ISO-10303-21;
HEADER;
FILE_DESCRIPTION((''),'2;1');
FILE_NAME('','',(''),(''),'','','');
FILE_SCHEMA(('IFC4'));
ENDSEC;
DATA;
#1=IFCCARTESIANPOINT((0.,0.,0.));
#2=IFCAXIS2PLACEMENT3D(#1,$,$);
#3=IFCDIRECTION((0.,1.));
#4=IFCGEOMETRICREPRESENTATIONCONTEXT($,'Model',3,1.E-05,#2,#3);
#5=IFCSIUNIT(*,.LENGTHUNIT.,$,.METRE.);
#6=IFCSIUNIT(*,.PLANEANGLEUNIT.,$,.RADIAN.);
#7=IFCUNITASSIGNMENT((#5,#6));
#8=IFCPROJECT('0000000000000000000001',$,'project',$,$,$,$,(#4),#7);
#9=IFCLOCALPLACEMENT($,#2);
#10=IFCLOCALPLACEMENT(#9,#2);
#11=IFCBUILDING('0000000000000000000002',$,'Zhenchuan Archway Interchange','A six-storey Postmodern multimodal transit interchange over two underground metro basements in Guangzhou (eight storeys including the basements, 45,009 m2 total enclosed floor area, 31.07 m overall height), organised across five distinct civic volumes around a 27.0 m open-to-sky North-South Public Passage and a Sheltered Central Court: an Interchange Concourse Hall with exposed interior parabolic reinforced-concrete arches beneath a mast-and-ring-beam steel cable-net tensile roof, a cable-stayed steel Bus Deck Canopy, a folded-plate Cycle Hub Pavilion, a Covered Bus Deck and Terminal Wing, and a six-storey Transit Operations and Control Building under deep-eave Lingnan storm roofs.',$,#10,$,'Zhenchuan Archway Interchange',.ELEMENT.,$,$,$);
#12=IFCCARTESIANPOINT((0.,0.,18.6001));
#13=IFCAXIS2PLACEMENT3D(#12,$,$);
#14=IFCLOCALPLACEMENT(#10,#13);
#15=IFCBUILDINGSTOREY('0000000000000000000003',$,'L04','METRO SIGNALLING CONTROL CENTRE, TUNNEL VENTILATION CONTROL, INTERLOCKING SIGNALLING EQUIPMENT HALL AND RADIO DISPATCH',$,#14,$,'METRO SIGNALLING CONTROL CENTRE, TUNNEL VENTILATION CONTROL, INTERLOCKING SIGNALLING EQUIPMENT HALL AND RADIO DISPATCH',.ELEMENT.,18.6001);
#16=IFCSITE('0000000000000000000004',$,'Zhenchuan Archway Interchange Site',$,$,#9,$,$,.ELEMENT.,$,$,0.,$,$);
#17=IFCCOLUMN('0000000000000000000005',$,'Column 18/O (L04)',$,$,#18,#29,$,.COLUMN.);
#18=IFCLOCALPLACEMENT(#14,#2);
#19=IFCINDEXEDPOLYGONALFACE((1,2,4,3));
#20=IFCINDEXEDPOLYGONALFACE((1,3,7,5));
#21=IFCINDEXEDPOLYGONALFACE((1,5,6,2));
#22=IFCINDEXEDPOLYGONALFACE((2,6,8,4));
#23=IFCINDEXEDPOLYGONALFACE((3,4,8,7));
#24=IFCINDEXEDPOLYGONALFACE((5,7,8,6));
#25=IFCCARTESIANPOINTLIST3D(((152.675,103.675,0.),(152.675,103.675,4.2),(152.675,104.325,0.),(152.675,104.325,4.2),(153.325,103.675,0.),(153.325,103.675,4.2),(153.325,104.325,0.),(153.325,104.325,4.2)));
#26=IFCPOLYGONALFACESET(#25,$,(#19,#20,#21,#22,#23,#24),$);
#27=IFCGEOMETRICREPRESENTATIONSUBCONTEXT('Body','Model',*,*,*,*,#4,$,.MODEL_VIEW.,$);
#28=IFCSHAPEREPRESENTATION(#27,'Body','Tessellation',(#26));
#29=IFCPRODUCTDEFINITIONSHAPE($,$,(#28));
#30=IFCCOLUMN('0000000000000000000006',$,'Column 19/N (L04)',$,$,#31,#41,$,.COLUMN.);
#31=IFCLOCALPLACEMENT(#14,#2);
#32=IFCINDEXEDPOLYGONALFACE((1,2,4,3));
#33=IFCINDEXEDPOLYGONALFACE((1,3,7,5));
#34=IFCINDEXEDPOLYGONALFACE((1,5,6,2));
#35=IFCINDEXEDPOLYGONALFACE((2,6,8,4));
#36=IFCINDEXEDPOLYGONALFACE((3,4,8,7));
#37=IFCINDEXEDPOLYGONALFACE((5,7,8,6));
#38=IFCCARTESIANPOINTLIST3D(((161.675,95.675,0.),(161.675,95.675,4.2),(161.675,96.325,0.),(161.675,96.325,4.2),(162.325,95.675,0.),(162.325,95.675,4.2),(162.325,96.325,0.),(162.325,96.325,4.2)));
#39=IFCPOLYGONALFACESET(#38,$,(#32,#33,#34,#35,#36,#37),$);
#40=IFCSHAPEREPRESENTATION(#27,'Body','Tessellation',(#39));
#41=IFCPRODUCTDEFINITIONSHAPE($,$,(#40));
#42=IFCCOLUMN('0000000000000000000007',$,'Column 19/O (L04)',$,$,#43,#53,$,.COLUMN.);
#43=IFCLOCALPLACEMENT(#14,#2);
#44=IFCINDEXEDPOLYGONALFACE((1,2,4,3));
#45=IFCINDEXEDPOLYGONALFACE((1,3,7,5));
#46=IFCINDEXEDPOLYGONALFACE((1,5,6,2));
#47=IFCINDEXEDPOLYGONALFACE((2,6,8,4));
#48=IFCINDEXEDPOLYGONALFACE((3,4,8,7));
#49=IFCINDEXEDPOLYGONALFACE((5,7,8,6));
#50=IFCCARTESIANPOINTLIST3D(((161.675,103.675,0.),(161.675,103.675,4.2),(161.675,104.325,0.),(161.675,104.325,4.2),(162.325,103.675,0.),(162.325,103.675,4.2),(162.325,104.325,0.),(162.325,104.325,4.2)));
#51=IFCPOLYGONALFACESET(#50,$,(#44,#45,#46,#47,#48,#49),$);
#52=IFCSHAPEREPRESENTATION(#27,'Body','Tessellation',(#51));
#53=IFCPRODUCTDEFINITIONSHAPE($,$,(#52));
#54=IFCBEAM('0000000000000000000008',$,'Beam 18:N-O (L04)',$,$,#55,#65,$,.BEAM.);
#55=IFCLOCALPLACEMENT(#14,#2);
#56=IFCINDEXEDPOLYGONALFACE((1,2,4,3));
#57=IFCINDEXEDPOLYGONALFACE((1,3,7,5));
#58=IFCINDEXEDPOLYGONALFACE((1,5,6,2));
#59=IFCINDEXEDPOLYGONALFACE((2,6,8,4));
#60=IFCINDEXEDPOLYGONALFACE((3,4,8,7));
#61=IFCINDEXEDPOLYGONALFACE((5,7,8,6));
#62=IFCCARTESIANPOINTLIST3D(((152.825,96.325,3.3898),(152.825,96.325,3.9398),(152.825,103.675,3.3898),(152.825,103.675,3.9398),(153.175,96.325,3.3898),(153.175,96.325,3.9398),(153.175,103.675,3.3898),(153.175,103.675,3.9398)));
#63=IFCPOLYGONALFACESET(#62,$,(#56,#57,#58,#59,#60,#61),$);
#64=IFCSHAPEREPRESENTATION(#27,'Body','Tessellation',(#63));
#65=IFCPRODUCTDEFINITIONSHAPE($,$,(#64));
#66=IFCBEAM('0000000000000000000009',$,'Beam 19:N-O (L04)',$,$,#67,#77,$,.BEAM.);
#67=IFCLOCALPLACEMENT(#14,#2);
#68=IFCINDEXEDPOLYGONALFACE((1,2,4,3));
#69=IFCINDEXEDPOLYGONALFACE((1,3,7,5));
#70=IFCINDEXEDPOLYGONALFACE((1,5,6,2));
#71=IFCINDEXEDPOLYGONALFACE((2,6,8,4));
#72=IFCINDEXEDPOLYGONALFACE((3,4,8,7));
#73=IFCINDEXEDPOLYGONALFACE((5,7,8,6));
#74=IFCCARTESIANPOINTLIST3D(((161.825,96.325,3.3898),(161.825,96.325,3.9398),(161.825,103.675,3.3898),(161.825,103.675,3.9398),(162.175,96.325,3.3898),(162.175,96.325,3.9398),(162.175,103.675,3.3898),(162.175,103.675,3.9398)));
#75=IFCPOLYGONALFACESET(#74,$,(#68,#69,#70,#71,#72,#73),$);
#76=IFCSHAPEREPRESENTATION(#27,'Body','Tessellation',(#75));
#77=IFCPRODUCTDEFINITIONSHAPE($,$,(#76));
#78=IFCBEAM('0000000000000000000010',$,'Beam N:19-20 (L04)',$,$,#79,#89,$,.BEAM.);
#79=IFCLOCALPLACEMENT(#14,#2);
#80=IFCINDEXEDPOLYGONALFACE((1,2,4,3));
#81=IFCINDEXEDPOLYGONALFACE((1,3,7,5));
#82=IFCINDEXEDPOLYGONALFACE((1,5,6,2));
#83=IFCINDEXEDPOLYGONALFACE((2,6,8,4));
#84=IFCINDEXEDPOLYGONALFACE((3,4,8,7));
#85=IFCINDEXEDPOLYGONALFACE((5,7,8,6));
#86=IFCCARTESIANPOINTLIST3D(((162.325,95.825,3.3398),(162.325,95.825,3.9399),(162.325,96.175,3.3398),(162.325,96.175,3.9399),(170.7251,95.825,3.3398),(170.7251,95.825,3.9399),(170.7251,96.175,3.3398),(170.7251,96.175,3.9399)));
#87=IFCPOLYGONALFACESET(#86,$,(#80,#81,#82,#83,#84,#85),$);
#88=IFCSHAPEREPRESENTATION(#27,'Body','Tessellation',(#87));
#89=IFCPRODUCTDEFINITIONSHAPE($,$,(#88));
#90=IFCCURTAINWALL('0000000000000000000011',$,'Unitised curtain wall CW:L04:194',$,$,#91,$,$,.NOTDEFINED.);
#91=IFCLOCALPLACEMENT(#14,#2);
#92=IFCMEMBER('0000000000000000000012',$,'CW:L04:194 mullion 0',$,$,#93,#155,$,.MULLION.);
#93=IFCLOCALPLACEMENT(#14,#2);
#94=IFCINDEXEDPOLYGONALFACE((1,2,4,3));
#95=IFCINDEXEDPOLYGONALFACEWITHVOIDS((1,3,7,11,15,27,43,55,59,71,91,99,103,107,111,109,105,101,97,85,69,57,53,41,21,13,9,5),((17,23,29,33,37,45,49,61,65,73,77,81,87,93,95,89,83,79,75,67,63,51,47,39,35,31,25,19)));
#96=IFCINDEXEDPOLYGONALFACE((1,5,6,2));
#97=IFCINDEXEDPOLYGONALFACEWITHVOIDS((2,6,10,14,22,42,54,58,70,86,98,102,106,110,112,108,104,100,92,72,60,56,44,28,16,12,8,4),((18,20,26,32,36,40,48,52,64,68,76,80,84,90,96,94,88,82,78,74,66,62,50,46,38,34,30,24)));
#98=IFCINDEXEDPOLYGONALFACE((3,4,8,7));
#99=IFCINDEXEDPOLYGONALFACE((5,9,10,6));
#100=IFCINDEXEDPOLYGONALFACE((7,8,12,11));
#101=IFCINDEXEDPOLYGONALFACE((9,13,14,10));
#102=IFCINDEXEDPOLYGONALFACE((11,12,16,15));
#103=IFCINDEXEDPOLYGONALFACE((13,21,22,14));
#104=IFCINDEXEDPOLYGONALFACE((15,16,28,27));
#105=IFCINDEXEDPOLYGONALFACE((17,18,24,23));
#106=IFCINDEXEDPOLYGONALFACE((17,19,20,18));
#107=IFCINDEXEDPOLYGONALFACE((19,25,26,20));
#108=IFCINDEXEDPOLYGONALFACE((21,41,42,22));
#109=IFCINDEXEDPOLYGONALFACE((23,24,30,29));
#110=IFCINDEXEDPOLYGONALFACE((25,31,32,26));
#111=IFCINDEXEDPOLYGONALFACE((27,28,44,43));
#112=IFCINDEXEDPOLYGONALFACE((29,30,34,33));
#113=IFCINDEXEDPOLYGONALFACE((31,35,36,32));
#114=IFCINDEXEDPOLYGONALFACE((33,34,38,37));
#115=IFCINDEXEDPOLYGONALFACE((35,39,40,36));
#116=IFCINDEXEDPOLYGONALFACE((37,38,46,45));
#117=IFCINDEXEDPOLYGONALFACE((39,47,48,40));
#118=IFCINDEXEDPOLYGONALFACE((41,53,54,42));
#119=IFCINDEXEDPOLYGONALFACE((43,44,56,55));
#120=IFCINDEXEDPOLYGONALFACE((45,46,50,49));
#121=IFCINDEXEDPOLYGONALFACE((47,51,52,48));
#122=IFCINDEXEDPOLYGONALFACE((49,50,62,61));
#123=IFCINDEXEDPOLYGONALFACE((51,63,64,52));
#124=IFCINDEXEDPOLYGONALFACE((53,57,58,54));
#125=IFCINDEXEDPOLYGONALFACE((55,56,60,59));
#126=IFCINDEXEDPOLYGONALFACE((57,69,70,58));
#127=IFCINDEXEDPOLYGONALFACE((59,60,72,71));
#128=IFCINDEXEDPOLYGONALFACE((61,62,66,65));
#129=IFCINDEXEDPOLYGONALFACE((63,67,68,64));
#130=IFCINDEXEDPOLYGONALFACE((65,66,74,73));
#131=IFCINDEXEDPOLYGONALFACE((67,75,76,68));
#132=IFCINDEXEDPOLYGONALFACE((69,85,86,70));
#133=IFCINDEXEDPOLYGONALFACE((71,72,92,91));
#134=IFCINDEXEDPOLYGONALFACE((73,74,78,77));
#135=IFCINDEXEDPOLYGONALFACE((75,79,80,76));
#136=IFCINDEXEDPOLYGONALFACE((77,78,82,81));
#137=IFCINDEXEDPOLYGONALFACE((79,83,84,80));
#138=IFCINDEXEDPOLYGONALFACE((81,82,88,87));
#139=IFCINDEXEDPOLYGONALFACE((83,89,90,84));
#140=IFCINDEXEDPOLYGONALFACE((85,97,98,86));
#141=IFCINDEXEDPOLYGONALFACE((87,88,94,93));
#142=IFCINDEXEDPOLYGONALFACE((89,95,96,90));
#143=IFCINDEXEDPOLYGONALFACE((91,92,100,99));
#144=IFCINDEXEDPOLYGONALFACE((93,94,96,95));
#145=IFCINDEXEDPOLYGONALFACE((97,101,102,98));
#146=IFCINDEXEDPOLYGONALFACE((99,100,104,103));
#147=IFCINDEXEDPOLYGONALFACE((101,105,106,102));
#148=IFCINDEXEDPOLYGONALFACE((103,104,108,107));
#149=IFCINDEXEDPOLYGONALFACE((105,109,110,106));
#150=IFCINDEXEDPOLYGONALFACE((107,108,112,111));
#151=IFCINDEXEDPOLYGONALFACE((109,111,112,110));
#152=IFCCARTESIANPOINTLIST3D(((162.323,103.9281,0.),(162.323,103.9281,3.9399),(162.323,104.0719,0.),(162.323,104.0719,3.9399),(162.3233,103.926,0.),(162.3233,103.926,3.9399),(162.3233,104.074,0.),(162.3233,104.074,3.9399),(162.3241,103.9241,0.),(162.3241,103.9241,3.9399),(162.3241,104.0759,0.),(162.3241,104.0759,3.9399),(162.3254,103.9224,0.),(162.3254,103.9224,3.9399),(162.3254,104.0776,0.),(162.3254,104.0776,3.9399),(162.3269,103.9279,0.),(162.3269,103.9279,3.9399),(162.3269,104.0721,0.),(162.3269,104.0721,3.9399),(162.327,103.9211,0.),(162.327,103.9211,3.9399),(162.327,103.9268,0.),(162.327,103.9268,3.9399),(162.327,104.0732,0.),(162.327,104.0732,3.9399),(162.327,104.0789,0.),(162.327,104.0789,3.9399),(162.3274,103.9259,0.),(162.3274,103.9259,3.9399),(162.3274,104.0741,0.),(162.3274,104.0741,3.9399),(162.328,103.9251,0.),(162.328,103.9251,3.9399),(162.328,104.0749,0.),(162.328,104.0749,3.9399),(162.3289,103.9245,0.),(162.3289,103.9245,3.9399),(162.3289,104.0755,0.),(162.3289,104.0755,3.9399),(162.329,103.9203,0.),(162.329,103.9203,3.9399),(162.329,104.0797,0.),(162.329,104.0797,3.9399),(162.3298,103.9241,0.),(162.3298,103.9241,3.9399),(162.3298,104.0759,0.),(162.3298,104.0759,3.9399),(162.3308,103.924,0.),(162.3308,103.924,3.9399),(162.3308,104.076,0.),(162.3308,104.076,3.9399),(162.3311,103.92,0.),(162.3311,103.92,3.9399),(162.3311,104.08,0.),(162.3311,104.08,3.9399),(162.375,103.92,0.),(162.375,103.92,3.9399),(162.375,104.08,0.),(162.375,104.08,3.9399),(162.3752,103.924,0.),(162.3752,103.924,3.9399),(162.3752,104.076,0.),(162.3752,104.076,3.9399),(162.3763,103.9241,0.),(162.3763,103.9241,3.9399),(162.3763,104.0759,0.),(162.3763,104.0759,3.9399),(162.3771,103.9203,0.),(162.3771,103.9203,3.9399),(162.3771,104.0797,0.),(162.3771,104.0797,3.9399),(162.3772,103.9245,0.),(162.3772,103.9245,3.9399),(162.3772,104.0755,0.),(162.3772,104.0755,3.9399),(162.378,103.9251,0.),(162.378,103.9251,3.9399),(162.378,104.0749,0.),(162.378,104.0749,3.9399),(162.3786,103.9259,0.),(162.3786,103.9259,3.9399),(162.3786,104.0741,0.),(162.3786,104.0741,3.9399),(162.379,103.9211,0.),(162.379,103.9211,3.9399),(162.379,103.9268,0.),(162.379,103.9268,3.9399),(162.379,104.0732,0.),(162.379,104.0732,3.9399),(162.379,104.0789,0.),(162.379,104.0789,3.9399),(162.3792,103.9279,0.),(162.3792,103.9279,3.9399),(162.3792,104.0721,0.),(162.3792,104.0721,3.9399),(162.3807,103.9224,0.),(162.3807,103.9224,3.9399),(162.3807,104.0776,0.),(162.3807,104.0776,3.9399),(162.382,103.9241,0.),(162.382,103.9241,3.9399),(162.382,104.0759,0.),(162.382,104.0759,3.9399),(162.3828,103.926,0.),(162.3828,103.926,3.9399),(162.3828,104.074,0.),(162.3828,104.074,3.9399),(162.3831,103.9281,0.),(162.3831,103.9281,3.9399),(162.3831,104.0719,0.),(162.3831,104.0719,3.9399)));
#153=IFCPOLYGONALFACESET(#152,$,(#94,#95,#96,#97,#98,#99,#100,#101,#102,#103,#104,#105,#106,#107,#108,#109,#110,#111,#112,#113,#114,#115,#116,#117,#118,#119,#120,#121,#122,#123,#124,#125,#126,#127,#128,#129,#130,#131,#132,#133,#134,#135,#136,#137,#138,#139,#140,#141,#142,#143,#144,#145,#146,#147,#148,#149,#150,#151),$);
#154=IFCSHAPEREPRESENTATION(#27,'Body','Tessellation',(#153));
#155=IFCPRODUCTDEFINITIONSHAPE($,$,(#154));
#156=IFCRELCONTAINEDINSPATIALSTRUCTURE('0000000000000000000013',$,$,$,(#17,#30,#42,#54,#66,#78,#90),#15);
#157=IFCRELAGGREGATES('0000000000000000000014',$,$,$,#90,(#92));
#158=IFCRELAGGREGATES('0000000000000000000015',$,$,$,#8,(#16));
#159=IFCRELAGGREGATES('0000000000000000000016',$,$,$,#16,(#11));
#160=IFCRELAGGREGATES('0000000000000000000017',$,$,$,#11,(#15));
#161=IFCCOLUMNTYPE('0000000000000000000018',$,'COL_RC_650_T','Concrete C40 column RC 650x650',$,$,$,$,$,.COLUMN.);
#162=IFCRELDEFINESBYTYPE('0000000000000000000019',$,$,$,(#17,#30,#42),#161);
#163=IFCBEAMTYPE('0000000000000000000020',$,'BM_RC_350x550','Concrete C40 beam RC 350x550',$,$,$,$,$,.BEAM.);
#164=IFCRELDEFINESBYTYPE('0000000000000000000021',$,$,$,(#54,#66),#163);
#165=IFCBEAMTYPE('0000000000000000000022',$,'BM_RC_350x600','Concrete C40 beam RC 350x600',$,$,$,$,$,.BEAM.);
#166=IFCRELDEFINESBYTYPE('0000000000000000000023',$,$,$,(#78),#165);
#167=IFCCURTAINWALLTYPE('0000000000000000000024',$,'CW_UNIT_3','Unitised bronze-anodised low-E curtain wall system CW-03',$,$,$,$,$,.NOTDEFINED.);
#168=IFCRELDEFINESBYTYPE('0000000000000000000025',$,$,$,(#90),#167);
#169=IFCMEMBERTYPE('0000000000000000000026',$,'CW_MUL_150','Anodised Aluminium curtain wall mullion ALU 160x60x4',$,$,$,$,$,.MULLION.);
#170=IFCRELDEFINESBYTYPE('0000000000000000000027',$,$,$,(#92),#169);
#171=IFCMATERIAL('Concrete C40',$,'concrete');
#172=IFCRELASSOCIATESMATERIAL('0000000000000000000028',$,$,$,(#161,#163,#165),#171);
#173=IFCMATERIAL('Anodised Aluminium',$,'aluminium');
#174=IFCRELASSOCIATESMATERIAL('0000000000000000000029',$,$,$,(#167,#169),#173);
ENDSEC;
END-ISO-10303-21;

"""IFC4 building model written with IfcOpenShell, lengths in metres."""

from ifc_helpers import new_model, si_unit, direction, frame, origin, origin_2d, place, context, subcontext, project, spatial, rectangle, hollow_rectangle, extrude, material, material_profile, profile_set, type_object, element, aggregate, save


model = new_model("IFC4")

# Units and contexts
model_context = context("Model", 3, precision=1e-05, world=origin(), true_north=direction((0.0, 1.0)))
body_context = subcontext(model_context, "Body", "Model", "MODEL_VIEW")
ifc_project = project(units=[si_unit("LENGTHUNIT", "METRE"), si_unit("PLANEANGLEUNIT", "RADIAN")], contexts=[model_context])

# Site, building, storey
site_placement = place(None, origin())
site = spatial("IfcSite", under=ifc_project, at=site_placement, Name="Zhenchuan Archway Interchange Site", CompositionType="ELEMENT", RefElevation=0.0)
building_placement = place(site_placement, origin())
building = spatial("IfcBuilding", under=site, at=building_placement, Name="Zhenchuan Archway Interchange", Description="A six-storey Postmodern multimodal transit interchange over two underground metro basements in Guangzhou (eight storeys including the basements, 45,009 m2 total enclosed floor area, 31.07 m overall height), organised across five distinct civic volumes around a 27.0 m open-to-sky North-South Public Passage and a Sheltered Central Court: an Interchange Concourse Hall with exposed interior parabolic reinforced-concrete arches beneath a mast-and-ring-beam steel cable-net tensile roof, a cable-stayed steel Bus Deck Canopy, a folded-plate Cycle Hub Pavilion, a Covered Bus Deck and Terminal Wing, and a six-storey Transit Operations and Control Building under deep-eave Lingnan storm roofs.", LongName="Zhenchuan Archway Interchange", CompositionType="ELEMENT")
storey_placement = place(building_placement, frame((0.0, 0.0, 18.6001)))
storey = spatial("IfcBuildingStorey", under=building, at=storey_placement, Name="L04", Description="METRO SIGNALLING CONTROL CENTRE, TUNNEL VENTILATION CONTROL, INTERLOCKING SIGNALLING EQUIPMENT HALL AND RADIO DISPATCH", LongName="METRO SIGNALLING CONTROL CENTRE, TUNNEL VENTILATION CONTROL, INTERLOCKING SIGNALLING EQUIPMENT HALL AND RADIO DISPATCH", CompositionType="ELEMENT", Elevation=18.6001)

# Columns
ifc_material_1 = material(Name="Concrete C40", Category="concrete")
ifc_material_profile_1 = material_profile(ifc_material_1, rectangle(XDim=0.6499, YDim=0.6499, at=origin_2d()), Name="RC 650x650")
ifc_profile_set_1 = profile_set([ifc_material_profile_1], Name="Concrete C40")
column_type = type_object("IfcColumnType", Name="COL_RC_650_T", Description="Concrete C40 column RC 650x650", PredefinedType="COLUMN", material=ifc_profile_set_1)
for number, where, z_axis, x_axis, name in (
    (1, (153.0, 104.0, 0.0), (0.0, 0.0, 1.0), (1.0, 0.0, 0.0), "Column 18/O (L04)"),
    (2, (162.0, 96.0, 0.0), (0.0, 0.0, 1.0), (1.0, 0.0, 0.0), "Column 19/N (L04)"),
    (3, (162.0, 104.0, 0.0), (0.0, 0.0, 1.0), (1.0, 0.0, 0.0), "Column 19/O (L04)"),
):
    element("IfcColumn", number, at=place(storey_placement, frame(where, z_axis=z_axis, x_axis=x_axis)), inside=storey, type_object=column_type, Name=name, PredefinedType="COLUMN", context=body_context, shape_type="SweptSolid", body=[
        extrude(rectangle(XDim=0.6499, YDim=0.6499, at=origin_2d()), origin(), (0.0, 0.0, 1.0), 4.2),
    ])

# Beams
ifc_material_profile_2 = material_profile(ifc_material_1, rectangle(XDim=0.3501, YDim=0.55, at=origin_2d()), Name="RC 350x550")
ifc_profile_set_2 = profile_set([ifc_material_profile_2], Name="Concrete C40")
beam_type_1 = type_object("IfcBeamType", Name="BM_RC_350x550", Description="Concrete C40 beam RC 350x550", PredefinedType="BEAM", material=ifc_profile_set_2)
for number, where, z_axis, x_axis, name in (
    (4, (153.0, 96.325, 3.6648), (0.0, 1.0, 0.0), (-1.0, 0.0, 0.0), "Beam 18:N-O (L04)"),
    (5, (162.0, 96.325, 3.6648), (0.0, 1.0, 0.0), (-1.0, 0.0, 0.0), "Beam 19:N-O (L04)"),
):
    element("IfcBeam", number, at=place(storey_placement, frame(where, z_axis=z_axis, x_axis=x_axis)), inside=storey, type_object=beam_type_1, Name=name, PredefinedType="BEAM", context=body_context, shape_type="SweptSolid", body=[
        extrude(rectangle(XDim=0.3501, YDim=0.55, at=origin_2d()), origin(), (0.0, 0.0, 1.0), 7.3501),
    ])
ifc_material_profile_3 = material_profile(ifc_material_1, rectangle(XDim=0.3501, YDim=0.6001, at=origin_2d()), Name="RC 350x600")
ifc_profile_set_3 = profile_set([ifc_material_profile_3], Name="Concrete C40")
beam_type_2 = type_object("IfcBeamType", Name="BM_RC_350x600", Description="Concrete C40 beam RC 350x600", PredefinedType="BEAM", material=ifc_profile_set_3)
beam_1_placement = place(storey_placement, frame((162.325, 96.0, 3.6399), z_axis=(1.0, 0.0, 0.0), x_axis=(0.0, 1.0, 0.0)))
element("IfcBeam", 6, at=beam_1_placement, inside=storey, type_object=beam_type_2, Name="Beam N:19-20 (L04)", PredefinedType="BEAM", context=body_context, shape_type="SweptSolid", body=[
    extrude(rectangle(XDim=0.3501, YDim=0.6001, at=origin_2d()), origin(), (0.0, 0.0, 1.0), 8.4001),
])

# Curtain wall, member
ifc_material_2 = material(Name="Anodised Aluminium", Category="aluminium")
curtain_wall_type = type_object("IfcCurtainWallType", Name="CW_UNIT_3", Description="Unitised bronze-anodised low-E curtain wall system CW-03", PredefinedType="NOTDEFINED", material=ifc_material_2)
curtain_wall_placement = place(storey_placement, origin())
curtain_wall = element("IfcCurtainWall", 7, at=curtain_wall_placement, inside=storey, type_object=curtain_wall_type, Name="Unitised curtain wall CW:L04:194", PredefinedType="NOTDEFINED")
ifc_material_profile_4 = material_profile(ifc_material_2, hollow_rectangle(XDim=0.0601, YDim=0.1599, WallThickness=0.0039, InnerFilletRadius=0.0039, OuterFilletRadius=0.0081, at=origin_2d()), Name="ALU 160x60x4")
ifc_profile_set_4 = profile_set([ifc_material_profile_4], Name="Anodised Aluminium")
member_type_1 = type_object("IfcMemberType", Name="CW_MUL_150", Description="Anodised Aluminium curtain wall mullion ALU 160x60x4", PredefinedType="MULLION", material=ifc_profile_set_4)
member_1_placement = place(storey_placement, frame((162.353, 104.0, 0.0), z_axis=(0.0, 0.0, 1.0), x_axis=(1.0, 0.0, 0.0)))
member_1 = element("IfcMember", 8, at=member_1_placement, type_object=member_type_1, Name="CW:L04:194 mullion 0", PredefinedType="MULLION", context=body_context, shape_type="SweptSolid", body=[
    extrude(hollow_rectangle(XDim=0.0601, YDim=0.1599, WallThickness=0.0039, InnerFilletRadius=0.0039, OuterFilletRadius=0.0081, at=origin_2d()), origin(), (0.0, 0.0, 1.0), 3.9399),
])

aggregate(curtain_wall, [member_1])

save(model, "model.ifc")
